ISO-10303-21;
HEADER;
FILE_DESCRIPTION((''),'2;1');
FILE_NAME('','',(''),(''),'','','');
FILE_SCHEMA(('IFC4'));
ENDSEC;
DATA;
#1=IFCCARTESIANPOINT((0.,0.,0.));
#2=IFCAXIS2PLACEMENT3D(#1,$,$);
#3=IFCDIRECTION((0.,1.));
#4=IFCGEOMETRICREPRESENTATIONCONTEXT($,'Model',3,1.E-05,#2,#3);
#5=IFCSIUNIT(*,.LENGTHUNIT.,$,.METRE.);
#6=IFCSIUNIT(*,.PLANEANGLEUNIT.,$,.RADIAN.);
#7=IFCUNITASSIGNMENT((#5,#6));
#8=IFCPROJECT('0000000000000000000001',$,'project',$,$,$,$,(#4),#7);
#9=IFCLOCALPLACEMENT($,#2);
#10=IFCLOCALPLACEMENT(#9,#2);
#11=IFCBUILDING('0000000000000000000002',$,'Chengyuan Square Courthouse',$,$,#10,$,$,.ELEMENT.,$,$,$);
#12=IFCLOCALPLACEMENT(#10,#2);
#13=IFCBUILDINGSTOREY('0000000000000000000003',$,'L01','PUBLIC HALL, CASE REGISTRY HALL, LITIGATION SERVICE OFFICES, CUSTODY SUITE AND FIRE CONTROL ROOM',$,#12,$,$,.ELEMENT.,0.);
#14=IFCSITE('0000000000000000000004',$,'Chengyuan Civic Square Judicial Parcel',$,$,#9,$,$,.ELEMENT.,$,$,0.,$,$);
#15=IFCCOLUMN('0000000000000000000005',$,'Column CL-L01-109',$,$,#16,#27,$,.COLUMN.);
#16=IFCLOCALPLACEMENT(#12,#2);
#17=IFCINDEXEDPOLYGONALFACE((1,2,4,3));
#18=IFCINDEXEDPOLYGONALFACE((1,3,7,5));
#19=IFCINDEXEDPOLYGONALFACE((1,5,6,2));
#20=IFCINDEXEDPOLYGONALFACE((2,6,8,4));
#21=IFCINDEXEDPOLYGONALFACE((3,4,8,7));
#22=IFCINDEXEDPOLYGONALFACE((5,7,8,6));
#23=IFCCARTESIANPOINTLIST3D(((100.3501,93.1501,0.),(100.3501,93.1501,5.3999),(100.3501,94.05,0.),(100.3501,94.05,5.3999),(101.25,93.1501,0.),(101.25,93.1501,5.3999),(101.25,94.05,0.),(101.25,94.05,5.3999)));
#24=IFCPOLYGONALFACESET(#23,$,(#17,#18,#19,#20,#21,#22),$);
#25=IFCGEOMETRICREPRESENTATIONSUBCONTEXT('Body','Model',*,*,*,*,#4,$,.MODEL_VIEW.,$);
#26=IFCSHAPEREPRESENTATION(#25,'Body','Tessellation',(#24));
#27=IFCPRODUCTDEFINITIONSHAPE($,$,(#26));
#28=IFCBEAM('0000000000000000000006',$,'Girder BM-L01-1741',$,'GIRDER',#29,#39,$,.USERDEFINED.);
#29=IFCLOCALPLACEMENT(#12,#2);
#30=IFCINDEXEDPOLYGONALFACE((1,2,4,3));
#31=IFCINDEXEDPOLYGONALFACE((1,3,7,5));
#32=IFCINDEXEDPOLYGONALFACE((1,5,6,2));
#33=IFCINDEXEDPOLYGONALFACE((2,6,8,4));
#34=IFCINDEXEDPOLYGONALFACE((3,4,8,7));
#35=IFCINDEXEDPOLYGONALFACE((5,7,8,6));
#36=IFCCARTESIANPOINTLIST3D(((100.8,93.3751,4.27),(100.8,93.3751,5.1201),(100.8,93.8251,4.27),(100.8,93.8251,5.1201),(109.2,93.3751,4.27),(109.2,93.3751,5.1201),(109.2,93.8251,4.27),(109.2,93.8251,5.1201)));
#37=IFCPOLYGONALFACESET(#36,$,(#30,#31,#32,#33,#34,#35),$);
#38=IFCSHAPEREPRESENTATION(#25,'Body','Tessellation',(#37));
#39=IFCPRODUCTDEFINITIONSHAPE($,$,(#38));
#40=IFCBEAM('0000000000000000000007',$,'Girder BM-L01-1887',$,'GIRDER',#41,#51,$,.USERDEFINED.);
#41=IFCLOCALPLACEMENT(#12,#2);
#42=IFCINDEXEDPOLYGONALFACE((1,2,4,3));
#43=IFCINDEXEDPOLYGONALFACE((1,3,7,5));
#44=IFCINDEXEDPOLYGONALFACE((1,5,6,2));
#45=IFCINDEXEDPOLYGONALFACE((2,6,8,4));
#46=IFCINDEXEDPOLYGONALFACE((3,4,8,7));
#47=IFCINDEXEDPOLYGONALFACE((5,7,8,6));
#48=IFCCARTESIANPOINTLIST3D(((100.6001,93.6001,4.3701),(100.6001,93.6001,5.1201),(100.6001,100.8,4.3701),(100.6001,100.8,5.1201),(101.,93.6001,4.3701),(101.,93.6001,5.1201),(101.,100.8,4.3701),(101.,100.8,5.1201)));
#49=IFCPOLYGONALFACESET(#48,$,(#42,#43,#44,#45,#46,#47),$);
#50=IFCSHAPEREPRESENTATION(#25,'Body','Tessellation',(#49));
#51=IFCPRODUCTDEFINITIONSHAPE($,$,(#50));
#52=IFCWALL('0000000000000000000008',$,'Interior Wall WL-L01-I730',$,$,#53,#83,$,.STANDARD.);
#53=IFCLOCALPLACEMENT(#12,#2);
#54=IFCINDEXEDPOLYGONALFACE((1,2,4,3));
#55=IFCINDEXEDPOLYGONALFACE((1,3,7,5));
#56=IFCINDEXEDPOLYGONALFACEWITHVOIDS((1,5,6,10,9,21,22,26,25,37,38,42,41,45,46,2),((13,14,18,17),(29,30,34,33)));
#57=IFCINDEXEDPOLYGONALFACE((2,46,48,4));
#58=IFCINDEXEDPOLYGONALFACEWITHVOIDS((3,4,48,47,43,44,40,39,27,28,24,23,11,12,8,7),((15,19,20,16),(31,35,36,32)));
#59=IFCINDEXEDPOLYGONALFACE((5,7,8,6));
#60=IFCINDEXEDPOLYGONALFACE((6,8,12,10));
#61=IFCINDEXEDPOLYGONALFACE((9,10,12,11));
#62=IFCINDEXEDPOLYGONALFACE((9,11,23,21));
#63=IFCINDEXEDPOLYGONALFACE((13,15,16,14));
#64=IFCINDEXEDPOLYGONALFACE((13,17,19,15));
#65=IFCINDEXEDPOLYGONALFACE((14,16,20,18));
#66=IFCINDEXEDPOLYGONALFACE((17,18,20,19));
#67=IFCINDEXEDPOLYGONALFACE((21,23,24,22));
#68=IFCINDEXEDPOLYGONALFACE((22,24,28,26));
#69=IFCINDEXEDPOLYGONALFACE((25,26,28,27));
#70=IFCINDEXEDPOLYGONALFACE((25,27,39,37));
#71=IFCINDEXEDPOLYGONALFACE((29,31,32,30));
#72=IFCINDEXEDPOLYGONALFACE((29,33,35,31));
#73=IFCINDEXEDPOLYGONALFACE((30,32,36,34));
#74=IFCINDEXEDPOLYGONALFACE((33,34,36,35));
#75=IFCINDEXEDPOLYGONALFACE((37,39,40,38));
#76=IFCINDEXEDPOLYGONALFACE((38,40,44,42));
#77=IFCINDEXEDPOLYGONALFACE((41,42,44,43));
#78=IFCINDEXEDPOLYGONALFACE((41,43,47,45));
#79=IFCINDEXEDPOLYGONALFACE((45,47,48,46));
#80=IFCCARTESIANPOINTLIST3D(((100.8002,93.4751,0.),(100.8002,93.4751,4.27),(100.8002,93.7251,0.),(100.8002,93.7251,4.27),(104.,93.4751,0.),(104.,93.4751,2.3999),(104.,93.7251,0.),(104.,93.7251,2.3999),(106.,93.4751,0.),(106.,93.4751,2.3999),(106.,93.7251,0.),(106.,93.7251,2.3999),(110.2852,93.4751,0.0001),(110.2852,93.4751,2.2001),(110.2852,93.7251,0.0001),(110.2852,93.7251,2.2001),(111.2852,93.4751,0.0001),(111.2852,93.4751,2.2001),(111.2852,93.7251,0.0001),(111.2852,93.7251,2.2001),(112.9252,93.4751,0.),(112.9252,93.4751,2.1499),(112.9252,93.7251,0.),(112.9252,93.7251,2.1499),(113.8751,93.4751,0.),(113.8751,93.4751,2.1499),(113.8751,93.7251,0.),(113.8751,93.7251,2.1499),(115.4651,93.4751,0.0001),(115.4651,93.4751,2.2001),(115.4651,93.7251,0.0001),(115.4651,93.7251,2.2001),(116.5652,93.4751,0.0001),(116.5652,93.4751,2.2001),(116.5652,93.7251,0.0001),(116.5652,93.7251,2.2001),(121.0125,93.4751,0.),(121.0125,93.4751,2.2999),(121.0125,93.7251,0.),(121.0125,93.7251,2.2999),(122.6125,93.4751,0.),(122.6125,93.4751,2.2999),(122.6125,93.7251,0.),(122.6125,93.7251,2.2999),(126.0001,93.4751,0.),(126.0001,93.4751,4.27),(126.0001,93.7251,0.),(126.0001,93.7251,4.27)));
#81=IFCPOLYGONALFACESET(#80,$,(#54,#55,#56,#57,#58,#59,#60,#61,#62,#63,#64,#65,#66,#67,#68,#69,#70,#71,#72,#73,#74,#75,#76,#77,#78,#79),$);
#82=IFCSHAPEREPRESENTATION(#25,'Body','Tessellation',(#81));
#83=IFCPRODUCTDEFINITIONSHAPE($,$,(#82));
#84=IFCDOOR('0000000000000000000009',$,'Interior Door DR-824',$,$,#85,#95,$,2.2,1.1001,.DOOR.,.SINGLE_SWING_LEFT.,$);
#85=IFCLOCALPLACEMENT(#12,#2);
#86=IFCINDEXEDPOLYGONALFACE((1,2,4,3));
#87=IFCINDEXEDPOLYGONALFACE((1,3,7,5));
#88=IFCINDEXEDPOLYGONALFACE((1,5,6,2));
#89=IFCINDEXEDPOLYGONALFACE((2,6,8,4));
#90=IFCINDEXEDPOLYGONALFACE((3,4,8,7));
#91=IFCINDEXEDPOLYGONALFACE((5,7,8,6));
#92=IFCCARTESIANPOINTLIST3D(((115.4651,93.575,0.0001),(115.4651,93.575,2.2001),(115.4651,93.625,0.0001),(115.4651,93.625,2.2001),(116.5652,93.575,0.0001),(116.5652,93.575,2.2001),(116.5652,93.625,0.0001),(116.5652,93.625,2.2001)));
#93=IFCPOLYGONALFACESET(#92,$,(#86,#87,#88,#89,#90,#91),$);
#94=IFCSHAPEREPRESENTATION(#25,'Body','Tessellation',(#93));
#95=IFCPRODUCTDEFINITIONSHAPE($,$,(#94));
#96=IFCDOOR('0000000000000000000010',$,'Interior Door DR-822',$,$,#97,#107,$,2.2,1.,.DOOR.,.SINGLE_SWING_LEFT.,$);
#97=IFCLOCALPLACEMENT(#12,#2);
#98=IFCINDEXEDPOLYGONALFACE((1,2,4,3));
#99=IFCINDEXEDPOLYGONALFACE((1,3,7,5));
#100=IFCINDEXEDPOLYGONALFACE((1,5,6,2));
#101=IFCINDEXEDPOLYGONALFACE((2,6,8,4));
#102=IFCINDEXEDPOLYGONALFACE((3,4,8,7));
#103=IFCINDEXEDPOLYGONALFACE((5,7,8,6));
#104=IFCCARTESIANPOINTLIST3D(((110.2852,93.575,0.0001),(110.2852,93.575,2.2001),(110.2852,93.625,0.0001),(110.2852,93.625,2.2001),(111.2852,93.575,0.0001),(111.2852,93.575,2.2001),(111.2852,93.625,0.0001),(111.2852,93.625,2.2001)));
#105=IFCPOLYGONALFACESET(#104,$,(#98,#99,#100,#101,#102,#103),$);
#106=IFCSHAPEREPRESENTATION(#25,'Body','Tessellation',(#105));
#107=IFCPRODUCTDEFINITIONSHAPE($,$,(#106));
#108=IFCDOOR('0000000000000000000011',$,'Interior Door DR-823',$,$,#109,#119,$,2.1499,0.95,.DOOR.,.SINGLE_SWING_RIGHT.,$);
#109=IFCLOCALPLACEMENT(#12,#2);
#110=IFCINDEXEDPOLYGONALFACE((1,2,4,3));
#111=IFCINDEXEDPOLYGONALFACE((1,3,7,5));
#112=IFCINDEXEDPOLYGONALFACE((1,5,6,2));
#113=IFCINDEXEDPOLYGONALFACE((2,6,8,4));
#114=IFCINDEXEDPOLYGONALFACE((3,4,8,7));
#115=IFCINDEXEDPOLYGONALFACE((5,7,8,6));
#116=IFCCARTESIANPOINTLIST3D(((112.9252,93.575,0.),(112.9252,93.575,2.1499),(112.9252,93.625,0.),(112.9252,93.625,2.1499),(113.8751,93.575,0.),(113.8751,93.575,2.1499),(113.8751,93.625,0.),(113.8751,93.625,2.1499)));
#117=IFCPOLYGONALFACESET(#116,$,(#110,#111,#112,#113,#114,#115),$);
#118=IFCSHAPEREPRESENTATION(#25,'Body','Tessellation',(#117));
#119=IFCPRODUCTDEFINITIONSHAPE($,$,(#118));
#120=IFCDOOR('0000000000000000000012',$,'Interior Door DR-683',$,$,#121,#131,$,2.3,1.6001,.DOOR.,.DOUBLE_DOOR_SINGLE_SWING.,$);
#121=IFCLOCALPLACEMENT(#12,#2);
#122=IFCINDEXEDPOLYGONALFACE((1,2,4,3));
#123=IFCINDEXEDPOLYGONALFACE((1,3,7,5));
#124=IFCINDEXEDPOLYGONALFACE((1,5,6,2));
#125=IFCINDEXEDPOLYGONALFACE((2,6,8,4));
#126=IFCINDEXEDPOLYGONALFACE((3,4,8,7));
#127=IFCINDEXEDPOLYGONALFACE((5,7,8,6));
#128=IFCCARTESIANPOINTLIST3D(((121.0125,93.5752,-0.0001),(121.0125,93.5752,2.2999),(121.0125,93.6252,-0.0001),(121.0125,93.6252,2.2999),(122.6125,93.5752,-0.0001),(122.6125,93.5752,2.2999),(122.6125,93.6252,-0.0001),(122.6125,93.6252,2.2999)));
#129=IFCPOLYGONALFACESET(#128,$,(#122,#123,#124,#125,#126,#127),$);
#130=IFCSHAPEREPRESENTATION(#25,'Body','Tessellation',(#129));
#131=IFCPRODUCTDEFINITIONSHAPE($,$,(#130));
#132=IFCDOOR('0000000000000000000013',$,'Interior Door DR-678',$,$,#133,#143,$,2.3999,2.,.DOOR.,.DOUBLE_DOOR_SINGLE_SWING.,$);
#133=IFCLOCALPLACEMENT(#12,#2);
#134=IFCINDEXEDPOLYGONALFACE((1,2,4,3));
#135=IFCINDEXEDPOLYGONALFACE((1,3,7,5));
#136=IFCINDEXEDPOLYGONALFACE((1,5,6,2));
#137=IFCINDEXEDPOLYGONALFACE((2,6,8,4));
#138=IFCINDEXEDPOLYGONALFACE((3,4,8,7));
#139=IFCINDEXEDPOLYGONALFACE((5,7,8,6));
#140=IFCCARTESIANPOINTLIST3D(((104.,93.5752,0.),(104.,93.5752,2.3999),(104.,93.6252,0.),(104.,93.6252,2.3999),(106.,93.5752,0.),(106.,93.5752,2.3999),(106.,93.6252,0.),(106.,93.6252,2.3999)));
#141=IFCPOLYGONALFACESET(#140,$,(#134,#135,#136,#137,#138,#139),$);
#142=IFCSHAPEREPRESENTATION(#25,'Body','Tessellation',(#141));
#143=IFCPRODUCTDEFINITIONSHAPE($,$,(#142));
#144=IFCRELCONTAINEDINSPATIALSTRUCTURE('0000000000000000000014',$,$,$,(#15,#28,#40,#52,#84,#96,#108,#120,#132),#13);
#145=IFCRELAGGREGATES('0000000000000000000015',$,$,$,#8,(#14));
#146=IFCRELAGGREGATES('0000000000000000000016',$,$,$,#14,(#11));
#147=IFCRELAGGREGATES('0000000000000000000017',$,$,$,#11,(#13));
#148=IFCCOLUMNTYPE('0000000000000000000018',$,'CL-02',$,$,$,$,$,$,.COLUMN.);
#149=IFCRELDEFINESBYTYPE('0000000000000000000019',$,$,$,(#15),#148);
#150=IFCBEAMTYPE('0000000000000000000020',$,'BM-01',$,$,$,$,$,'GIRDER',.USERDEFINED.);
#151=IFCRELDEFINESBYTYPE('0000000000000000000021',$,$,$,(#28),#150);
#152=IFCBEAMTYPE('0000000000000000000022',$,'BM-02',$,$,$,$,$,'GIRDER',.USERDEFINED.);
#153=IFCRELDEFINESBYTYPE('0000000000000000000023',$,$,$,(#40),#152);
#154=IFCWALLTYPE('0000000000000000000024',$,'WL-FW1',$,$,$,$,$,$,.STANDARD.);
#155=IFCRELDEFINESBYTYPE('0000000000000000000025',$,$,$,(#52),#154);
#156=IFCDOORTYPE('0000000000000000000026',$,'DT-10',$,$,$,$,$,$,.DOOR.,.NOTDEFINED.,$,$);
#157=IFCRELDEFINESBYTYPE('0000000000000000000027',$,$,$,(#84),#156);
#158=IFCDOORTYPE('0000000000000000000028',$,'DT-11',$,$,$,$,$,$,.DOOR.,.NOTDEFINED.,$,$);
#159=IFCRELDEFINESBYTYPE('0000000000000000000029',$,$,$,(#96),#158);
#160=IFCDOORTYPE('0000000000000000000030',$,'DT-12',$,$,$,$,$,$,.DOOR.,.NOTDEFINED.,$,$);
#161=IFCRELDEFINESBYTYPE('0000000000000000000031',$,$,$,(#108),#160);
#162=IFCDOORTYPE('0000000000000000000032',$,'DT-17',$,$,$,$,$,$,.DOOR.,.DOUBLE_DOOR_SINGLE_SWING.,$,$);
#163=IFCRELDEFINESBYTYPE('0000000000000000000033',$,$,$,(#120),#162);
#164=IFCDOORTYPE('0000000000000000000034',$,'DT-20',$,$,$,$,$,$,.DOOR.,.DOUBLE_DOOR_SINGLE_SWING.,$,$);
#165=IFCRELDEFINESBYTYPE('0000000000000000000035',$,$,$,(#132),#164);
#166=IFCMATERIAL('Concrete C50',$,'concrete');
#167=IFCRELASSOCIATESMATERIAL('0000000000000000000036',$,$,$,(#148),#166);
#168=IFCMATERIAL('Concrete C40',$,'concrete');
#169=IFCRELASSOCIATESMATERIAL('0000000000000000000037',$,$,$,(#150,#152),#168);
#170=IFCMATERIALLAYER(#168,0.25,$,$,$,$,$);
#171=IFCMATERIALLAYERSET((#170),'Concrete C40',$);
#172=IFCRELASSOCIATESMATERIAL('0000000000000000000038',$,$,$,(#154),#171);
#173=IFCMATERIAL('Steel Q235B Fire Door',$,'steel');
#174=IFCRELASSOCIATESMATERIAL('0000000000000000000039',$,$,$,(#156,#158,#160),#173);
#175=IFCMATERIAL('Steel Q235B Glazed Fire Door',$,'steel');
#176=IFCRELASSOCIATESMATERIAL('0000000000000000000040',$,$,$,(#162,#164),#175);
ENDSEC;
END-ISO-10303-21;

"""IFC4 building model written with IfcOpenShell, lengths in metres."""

from ifc_helpers import new_model, si_unit, direction, frame, frame_2d, origin, origin_2d, place, context, subcontext, project, spatial, rectangle, extrude, material, layer, layer_set, material_profile, profile_set, type_object, element, fill, save


model = new_model("IFC4")

# Units and contexts
model_context = context("Model", 3, precision=1e-05, world=origin(), true_north=direction((0.0, 1.0)))
body_context = subcontext(model_context, "Body", "Model", "MODEL_VIEW")
ifc_project = project(units=[si_unit("LENGTHUNIT", "METRE"), si_unit("PLANEANGLEUNIT", "RADIAN")], contexts=[model_context])

# Site, building, storey
site_placement = place(None, origin())
site = spatial("IfcSite", under=ifc_project, at=site_placement, Name="Chengyuan Civic Square Judicial Parcel", CompositionType="ELEMENT", RefElevation=0.0)
building_placement = place(site_placement, origin())
building = spatial("IfcBuilding", under=site, at=building_placement, Name="Chengyuan Square Courthouse", CompositionType="ELEMENT")
storey_placement = place(building_placement, origin())
storey = spatial("IfcBuildingStorey", under=building, at=storey_placement, Name="L01", Description="PUBLIC HALL, CASE REGISTRY HALL, LITIGATION SERVICE OFFICES, CUSTODY SUITE AND FIRE CONTROL ROOM", CompositionType="ELEMENT", Elevation=0.0)

# Column
ifc_material_1 = material(Name="Concrete C50", Category="concrete")
ifc_material_profile_1 = material_profile(ifc_material_1, rectangle(XDim=0.8999, YDim=0.8999, at=origin_2d()), Name="RC-COL-900x900")
ifc_profile_set_1 = profile_set([ifc_material_profile_1], Name="Concrete C50")
column_type = type_object("IfcColumnType", Name="CL-02", PredefinedType="COLUMN", material=ifc_profile_set_1)
column_placement = place(storey_placement, frame((100.8, 93.6001, 0.0), z_axis=(0.0, 0.0, 1.0), x_axis=(1.0, 0.0, 0.0)))
element("IfcColumn", 1, at=column_placement, inside=storey, type_object=column_type, Name="Column CL-L01-109", PredefinedType="COLUMN", context=body_context, shape_type="SweptSolid", body=[
    extrude(rectangle(XDim=0.8999, YDim=0.8999, at=origin_2d()), origin(), (0.0, 0.0, 1.0), 5.3999),
])

# Beams
ifc_material_2 = material(Name="Concrete C40", Category="concrete")
ifc_material_profile_2 = material_profile(ifc_material_2, rectangle(XDim=0.45, YDim=0.8501, at=origin_2d()), Name="RC-BM-450x850")
ifc_profile_set_2 = profile_set([ifc_material_profile_2], Name="Concrete C40")
beam_type_1 = type_object("IfcBeamType", Name="BM-01", ElementType="GIRDER", PredefinedType="USERDEFINED", material=ifc_profile_set_2)
beam_1_placement = place(storey_placement, frame((100.8, 93.6001, 4.6951), z_axis=(1.0, 0.0, 0.0), x_axis=(0.0, 1.0, 0.0)))
element("IfcBeam", 2, at=beam_1_placement, inside=storey, type_object=beam_type_1, Name="Girder BM-L01-1741", ObjectType="GIRDER", PredefinedType="USERDEFINED", context=body_context, shape_type="SweptSolid", body=[
    extrude(rectangle(XDim=0.45, YDim=0.8501, at=origin_2d()), origin(), (0.0, 0.0, 1.0), 8.3999),
])
ifc_material_profile_3 = material_profile(ifc_material_2, rectangle(XDim=0.3999, YDim=0.75, at=origin_2d()), Name="RC-BM-400x750")
ifc_profile_set_3 = profile_set([ifc_material_profile_3], Name="Concrete C40")
beam_type_2 = type_object("IfcBeamType", Name="BM-02", ElementType="GIRDER", PredefinedType="USERDEFINED", material=ifc_profile_set_3)
beam_2_placement = place(storey_placement, frame((100.8, 93.6001, 4.7451), z_axis=(0.0, 1.0, 0.0), x_axis=(-1.0, 0.0, 0.0)))
element("IfcBeam", 3, at=beam_2_placement, inside=storey, type_object=beam_type_2, Name="Girder BM-L01-1887", ObjectType="GIRDER", PredefinedType="USERDEFINED", context=body_context, shape_type="SweptSolid", body=[
    extrude(rectangle(XDim=0.3999, YDim=0.75, at=origin_2d()), origin(), (0.0, 0.0, 1.0), 7.2),
])

# Wall, openings, doors
ifc_layer_1 = layer(ifc_material_2, 0.25)
ifc_layer_set_1 = layer_set([ifc_layer_1], Name="Concrete C40")
wall_type_1 = type_object("IfcWallType", Name="WL-FW1", PredefinedType="STANDARD", material=ifc_layer_set_1)
wall_1_placement = place(storey_placement, frame((100.8, 93.6001, 0.0), z_axis=(0.0, 0.0, 1.0), x_axis=(1.0, 0.0, 0.0)))
wall_1 = element("IfcWall", 4, at=wall_1_placement, inside=storey, type_object=wall_type_1, Name="Interior Wall WL-L01-I730", PredefinedType="STANDARD", context=body_context, shape_type="SweptSolid", body=[
    extrude(rectangle(XDim=25.2, YDim=0.25, at=frame_2d((12.6001, 0.0))), origin(), (0.0, 0.0, 1.0), 4.27),
])
opening_1_placement = place(wall_1_placement, frame((3.2, 0.0, 0.0)))
opening_1 = element("IfcOpeningElement", 5, at=opening_1_placement, cuts=wall_1, PredefinedType="OPENING", context=body_context, shape_type="SweptSolid", body=[
    extrude(rectangle(XDim=2.0, YDim=2.3999, at=frame_2d((1.0, 1.2))), frame((0.0, 0.137, 0.0), z_axis=(0.0, -1.0, 0.0), x_axis=(1.0, 0.0, 0.0)), (0.0, 0.0, 1.0), 0.2739),
])
opening_2_placement = place(wall_1_placement, frame((20.2124, 0.0, 0.0)))
opening_2 = element("IfcOpeningElement", 6, at=opening_2_placement, cuts=wall_1, PredefinedType="OPENING", context=body_context, shape_type="SweptSolid", body=[
    extrude(rectangle(XDim=1.6001, YDim=2.3, at=frame_2d((0.8, 1.1499))), frame((0.0, 0.137, 0.0), z_axis=(0.0, -1.0, 0.0), x_axis=(1.0, 0.0, 0.0)), (0.0, 0.0, 1.0), 0.2739),
])
opening_3_placement = place(wall_1_placement, frame((9.4851, 0.0, 0.0)))
opening_3 = element("IfcOpeningElement", 7, at=opening_3_placement, cuts=wall_1, PredefinedType="OPENING", context=body_context, shape_type="SweptSolid", body=[
    extrude(rectangle(XDim=1.0, YDim=2.2, at=frame_2d((0.5, 1.1001))), frame((0.0, 0.137, 0.0), z_axis=(0.0, -1.0, 0.0), x_axis=(1.0, 0.0, 0.0)), (0.0, 0.0, 1.0), 0.2739),
])
opening_4_placement = place(wall_1_placement, frame((12.125, 0.0, 0.0)))
opening_4 = element("IfcOpeningElement", 8, at=opening_4_placement, cuts=wall_1, PredefinedType="OPENING", context=body_context, shape_type="SweptSolid", body=[
    extrude(rectangle(XDim=0.95, YDim=2.1499, at=frame_2d((0.4751, 1.075))), frame((0.0, 0.137, 0.0), z_axis=(0.0, -1.0, 0.0), x_axis=(1.0, 0.0, 0.0)), (0.0, 0.0, 1.0), 0.2739),
])
opening_5_placement = place(wall_1_placement, frame((14.665, 0.0, 0.0)))
opening_5 = element("IfcOpeningElement", 9, at=opening_5_placement, cuts=wall_1, PredefinedType="OPENING", context=body_context, shape_type="SweptSolid", body=[
    extrude(rectangle(XDim=1.1001, YDim=2.2, at=frame_2d((0.55, 1.1001))), frame((0.0, 0.137, 0.0), z_axis=(0.0, -1.0, 0.0), x_axis=(1.0, 0.0, 0.0)), (0.0, 0.0, 1.0), 0.2739),
])
ifc_material_3 = material(Name="Steel Q235B Fire Door", Category="steel")
door_type_1 = type_object("IfcDoorType", Name="DT-10", OperationType="NOTDEFINED", PredefinedType="DOOR", material=ifc_material_3)
door_1_placement = place(opening_5_placement, origin())
door_1 = element("IfcDoor", 10, at=door_1_placement, inside=storey, type_object=door_type_1, Name="Interior Door DR-824", OperationType="SINGLE_SWING_LEFT", OverallHeight=2.2, OverallWidth=1.1001, PredefinedType="DOOR", context=body_context, shape_type="SweptSolid", body=[
    extrude(rectangle(XDim=1.1001, YDim=2.2, at=frame_2d((0.55, 1.1001))), frame((0.0, 0.0249, 0.0), z_axis=(0.0, -1.0, 0.0), x_axis=(1.0, 0.0, 0.0)), (0.0, 0.0, 1.0), 0.05),
])
fill(opening_5, door_1)
door_type_2 = type_object("IfcDoorType", Name="DT-11", OperationType="NOTDEFINED", PredefinedType="DOOR", material=ifc_material_3)
door_2_placement = place(opening_3_placement, origin())
door_2 = element("IfcDoor", 11, at=door_2_placement, inside=storey, type_object=door_type_2, Name="Interior Door DR-822", OperationType="SINGLE_SWING_LEFT", OverallHeight=2.2, OverallWidth=1.0, PredefinedType="DOOR", context=body_context, shape_type="SweptSolid", body=[
    extrude(rectangle(XDim=1.0, YDim=2.2, at=frame_2d((0.5, 1.1001))), frame((0.0, 0.0249, 0.0), z_axis=(0.0, -1.0, 0.0), x_axis=(1.0, 0.0, 0.0)), (0.0, 0.0, 1.0), 0.05),
])
fill(opening_3, door_2)
door_type_3 = type_object("IfcDoorType", Name="DT-12", OperationType="NOTDEFINED", PredefinedType="DOOR", material=ifc_material_3)
door_3_placement = place(opening_4_placement, origin())
door_3 = element("IfcDoor", 12, at=door_3_placement, inside=storey, type_object=door_type_3, Name="Interior Door DR-823", OperationType="SINGLE_SWING_RIGHT", OverallHeight=2.1499, OverallWidth=0.95, PredefinedType="DOOR", context=body_context, shape_type="SweptSolid", body=[
    extrude(rectangle(XDim=0.95, YDim=2.1499, at=frame_2d((0.4751, 1.075))), frame((0.0, 0.0249, 0.0), z_axis=(0.0, -1.0, 0.0), x_axis=(1.0, 0.0, 0.0)), (0.0, 0.0, 1.0), 0.05),
])
fill(opening_4, door_3)
ifc_material_4 = material(Name="Steel Q235B Glazed Fire Door", Category="steel")
door_type_4 = type_object("IfcDoorType", Name="DT-17", OperationType="DOUBLE_DOOR_SINGLE_SWING", PredefinedType="DOOR", material=ifc_material_4)
door_4_placement = place(opening_2_placement, frame((1.6001, 0.0, 0.0), z_axis=(0.0, 0.0, 1.0), x_axis=(-1.0, 0.0, 0.0)))
door_4 = element("IfcDoor", 13, at=door_4_placement, inside=storey, type_object=door_type_4, Name="Interior Door DR-683", OperationType="DOUBLE_DOOR_SINGLE_SWING", OverallHeight=2.3, OverallWidth=1.6001, PredefinedType="DOOR", context=body_context, shape_type="SweptSolid", body=[
    extrude(rectangle(XDim=1.6001, YDim=2.3, at=frame_2d((0.8, 1.1499))), frame((0.0, 0.0249, 0.0), z_axis=(0.0, -1.0, 0.0), x_axis=(1.0, 0.0, 0.0)), (0.0, 0.0, 1.0), 0.05),
])
fill(opening_2, door_4)
door_type_5 = type_object("IfcDoorType", Name="DT-20", OperationType="DOUBLE_DOOR_SINGLE_SWING", PredefinedType="DOOR", material=ifc_material_4)
door_5_placement = place(opening_1_placement, frame((2.0, 0.0, 0.0), z_axis=(0.0, 0.0, 1.0), x_axis=(-1.0, 0.0, 0.0)))
door_5 = element("IfcDoor", 14, at=door_5_placement, inside=storey, type_object=door_type_5, Name="Interior Door DR-678", OperationType="DOUBLE_DOOR_SINGLE_SWING", OverallHeight=2.3999, OverallWidth=2.0, PredefinedType="DOOR", context=body_context, shape_type="SweptSolid", body=[
    extrude(rectangle(XDim=2.0, YDim=2.3999, at=frame_2d((1.0, 1.2))), frame((0.0, 0.0249, 0.0), z_axis=(0.0, -1.0, 0.0), x_axis=(1.0, 0.0, 0.0)), (0.0, 0.0, 1.0), 0.05),
])
fill(opening_1, door_5)

save(model, "model.ifc")
